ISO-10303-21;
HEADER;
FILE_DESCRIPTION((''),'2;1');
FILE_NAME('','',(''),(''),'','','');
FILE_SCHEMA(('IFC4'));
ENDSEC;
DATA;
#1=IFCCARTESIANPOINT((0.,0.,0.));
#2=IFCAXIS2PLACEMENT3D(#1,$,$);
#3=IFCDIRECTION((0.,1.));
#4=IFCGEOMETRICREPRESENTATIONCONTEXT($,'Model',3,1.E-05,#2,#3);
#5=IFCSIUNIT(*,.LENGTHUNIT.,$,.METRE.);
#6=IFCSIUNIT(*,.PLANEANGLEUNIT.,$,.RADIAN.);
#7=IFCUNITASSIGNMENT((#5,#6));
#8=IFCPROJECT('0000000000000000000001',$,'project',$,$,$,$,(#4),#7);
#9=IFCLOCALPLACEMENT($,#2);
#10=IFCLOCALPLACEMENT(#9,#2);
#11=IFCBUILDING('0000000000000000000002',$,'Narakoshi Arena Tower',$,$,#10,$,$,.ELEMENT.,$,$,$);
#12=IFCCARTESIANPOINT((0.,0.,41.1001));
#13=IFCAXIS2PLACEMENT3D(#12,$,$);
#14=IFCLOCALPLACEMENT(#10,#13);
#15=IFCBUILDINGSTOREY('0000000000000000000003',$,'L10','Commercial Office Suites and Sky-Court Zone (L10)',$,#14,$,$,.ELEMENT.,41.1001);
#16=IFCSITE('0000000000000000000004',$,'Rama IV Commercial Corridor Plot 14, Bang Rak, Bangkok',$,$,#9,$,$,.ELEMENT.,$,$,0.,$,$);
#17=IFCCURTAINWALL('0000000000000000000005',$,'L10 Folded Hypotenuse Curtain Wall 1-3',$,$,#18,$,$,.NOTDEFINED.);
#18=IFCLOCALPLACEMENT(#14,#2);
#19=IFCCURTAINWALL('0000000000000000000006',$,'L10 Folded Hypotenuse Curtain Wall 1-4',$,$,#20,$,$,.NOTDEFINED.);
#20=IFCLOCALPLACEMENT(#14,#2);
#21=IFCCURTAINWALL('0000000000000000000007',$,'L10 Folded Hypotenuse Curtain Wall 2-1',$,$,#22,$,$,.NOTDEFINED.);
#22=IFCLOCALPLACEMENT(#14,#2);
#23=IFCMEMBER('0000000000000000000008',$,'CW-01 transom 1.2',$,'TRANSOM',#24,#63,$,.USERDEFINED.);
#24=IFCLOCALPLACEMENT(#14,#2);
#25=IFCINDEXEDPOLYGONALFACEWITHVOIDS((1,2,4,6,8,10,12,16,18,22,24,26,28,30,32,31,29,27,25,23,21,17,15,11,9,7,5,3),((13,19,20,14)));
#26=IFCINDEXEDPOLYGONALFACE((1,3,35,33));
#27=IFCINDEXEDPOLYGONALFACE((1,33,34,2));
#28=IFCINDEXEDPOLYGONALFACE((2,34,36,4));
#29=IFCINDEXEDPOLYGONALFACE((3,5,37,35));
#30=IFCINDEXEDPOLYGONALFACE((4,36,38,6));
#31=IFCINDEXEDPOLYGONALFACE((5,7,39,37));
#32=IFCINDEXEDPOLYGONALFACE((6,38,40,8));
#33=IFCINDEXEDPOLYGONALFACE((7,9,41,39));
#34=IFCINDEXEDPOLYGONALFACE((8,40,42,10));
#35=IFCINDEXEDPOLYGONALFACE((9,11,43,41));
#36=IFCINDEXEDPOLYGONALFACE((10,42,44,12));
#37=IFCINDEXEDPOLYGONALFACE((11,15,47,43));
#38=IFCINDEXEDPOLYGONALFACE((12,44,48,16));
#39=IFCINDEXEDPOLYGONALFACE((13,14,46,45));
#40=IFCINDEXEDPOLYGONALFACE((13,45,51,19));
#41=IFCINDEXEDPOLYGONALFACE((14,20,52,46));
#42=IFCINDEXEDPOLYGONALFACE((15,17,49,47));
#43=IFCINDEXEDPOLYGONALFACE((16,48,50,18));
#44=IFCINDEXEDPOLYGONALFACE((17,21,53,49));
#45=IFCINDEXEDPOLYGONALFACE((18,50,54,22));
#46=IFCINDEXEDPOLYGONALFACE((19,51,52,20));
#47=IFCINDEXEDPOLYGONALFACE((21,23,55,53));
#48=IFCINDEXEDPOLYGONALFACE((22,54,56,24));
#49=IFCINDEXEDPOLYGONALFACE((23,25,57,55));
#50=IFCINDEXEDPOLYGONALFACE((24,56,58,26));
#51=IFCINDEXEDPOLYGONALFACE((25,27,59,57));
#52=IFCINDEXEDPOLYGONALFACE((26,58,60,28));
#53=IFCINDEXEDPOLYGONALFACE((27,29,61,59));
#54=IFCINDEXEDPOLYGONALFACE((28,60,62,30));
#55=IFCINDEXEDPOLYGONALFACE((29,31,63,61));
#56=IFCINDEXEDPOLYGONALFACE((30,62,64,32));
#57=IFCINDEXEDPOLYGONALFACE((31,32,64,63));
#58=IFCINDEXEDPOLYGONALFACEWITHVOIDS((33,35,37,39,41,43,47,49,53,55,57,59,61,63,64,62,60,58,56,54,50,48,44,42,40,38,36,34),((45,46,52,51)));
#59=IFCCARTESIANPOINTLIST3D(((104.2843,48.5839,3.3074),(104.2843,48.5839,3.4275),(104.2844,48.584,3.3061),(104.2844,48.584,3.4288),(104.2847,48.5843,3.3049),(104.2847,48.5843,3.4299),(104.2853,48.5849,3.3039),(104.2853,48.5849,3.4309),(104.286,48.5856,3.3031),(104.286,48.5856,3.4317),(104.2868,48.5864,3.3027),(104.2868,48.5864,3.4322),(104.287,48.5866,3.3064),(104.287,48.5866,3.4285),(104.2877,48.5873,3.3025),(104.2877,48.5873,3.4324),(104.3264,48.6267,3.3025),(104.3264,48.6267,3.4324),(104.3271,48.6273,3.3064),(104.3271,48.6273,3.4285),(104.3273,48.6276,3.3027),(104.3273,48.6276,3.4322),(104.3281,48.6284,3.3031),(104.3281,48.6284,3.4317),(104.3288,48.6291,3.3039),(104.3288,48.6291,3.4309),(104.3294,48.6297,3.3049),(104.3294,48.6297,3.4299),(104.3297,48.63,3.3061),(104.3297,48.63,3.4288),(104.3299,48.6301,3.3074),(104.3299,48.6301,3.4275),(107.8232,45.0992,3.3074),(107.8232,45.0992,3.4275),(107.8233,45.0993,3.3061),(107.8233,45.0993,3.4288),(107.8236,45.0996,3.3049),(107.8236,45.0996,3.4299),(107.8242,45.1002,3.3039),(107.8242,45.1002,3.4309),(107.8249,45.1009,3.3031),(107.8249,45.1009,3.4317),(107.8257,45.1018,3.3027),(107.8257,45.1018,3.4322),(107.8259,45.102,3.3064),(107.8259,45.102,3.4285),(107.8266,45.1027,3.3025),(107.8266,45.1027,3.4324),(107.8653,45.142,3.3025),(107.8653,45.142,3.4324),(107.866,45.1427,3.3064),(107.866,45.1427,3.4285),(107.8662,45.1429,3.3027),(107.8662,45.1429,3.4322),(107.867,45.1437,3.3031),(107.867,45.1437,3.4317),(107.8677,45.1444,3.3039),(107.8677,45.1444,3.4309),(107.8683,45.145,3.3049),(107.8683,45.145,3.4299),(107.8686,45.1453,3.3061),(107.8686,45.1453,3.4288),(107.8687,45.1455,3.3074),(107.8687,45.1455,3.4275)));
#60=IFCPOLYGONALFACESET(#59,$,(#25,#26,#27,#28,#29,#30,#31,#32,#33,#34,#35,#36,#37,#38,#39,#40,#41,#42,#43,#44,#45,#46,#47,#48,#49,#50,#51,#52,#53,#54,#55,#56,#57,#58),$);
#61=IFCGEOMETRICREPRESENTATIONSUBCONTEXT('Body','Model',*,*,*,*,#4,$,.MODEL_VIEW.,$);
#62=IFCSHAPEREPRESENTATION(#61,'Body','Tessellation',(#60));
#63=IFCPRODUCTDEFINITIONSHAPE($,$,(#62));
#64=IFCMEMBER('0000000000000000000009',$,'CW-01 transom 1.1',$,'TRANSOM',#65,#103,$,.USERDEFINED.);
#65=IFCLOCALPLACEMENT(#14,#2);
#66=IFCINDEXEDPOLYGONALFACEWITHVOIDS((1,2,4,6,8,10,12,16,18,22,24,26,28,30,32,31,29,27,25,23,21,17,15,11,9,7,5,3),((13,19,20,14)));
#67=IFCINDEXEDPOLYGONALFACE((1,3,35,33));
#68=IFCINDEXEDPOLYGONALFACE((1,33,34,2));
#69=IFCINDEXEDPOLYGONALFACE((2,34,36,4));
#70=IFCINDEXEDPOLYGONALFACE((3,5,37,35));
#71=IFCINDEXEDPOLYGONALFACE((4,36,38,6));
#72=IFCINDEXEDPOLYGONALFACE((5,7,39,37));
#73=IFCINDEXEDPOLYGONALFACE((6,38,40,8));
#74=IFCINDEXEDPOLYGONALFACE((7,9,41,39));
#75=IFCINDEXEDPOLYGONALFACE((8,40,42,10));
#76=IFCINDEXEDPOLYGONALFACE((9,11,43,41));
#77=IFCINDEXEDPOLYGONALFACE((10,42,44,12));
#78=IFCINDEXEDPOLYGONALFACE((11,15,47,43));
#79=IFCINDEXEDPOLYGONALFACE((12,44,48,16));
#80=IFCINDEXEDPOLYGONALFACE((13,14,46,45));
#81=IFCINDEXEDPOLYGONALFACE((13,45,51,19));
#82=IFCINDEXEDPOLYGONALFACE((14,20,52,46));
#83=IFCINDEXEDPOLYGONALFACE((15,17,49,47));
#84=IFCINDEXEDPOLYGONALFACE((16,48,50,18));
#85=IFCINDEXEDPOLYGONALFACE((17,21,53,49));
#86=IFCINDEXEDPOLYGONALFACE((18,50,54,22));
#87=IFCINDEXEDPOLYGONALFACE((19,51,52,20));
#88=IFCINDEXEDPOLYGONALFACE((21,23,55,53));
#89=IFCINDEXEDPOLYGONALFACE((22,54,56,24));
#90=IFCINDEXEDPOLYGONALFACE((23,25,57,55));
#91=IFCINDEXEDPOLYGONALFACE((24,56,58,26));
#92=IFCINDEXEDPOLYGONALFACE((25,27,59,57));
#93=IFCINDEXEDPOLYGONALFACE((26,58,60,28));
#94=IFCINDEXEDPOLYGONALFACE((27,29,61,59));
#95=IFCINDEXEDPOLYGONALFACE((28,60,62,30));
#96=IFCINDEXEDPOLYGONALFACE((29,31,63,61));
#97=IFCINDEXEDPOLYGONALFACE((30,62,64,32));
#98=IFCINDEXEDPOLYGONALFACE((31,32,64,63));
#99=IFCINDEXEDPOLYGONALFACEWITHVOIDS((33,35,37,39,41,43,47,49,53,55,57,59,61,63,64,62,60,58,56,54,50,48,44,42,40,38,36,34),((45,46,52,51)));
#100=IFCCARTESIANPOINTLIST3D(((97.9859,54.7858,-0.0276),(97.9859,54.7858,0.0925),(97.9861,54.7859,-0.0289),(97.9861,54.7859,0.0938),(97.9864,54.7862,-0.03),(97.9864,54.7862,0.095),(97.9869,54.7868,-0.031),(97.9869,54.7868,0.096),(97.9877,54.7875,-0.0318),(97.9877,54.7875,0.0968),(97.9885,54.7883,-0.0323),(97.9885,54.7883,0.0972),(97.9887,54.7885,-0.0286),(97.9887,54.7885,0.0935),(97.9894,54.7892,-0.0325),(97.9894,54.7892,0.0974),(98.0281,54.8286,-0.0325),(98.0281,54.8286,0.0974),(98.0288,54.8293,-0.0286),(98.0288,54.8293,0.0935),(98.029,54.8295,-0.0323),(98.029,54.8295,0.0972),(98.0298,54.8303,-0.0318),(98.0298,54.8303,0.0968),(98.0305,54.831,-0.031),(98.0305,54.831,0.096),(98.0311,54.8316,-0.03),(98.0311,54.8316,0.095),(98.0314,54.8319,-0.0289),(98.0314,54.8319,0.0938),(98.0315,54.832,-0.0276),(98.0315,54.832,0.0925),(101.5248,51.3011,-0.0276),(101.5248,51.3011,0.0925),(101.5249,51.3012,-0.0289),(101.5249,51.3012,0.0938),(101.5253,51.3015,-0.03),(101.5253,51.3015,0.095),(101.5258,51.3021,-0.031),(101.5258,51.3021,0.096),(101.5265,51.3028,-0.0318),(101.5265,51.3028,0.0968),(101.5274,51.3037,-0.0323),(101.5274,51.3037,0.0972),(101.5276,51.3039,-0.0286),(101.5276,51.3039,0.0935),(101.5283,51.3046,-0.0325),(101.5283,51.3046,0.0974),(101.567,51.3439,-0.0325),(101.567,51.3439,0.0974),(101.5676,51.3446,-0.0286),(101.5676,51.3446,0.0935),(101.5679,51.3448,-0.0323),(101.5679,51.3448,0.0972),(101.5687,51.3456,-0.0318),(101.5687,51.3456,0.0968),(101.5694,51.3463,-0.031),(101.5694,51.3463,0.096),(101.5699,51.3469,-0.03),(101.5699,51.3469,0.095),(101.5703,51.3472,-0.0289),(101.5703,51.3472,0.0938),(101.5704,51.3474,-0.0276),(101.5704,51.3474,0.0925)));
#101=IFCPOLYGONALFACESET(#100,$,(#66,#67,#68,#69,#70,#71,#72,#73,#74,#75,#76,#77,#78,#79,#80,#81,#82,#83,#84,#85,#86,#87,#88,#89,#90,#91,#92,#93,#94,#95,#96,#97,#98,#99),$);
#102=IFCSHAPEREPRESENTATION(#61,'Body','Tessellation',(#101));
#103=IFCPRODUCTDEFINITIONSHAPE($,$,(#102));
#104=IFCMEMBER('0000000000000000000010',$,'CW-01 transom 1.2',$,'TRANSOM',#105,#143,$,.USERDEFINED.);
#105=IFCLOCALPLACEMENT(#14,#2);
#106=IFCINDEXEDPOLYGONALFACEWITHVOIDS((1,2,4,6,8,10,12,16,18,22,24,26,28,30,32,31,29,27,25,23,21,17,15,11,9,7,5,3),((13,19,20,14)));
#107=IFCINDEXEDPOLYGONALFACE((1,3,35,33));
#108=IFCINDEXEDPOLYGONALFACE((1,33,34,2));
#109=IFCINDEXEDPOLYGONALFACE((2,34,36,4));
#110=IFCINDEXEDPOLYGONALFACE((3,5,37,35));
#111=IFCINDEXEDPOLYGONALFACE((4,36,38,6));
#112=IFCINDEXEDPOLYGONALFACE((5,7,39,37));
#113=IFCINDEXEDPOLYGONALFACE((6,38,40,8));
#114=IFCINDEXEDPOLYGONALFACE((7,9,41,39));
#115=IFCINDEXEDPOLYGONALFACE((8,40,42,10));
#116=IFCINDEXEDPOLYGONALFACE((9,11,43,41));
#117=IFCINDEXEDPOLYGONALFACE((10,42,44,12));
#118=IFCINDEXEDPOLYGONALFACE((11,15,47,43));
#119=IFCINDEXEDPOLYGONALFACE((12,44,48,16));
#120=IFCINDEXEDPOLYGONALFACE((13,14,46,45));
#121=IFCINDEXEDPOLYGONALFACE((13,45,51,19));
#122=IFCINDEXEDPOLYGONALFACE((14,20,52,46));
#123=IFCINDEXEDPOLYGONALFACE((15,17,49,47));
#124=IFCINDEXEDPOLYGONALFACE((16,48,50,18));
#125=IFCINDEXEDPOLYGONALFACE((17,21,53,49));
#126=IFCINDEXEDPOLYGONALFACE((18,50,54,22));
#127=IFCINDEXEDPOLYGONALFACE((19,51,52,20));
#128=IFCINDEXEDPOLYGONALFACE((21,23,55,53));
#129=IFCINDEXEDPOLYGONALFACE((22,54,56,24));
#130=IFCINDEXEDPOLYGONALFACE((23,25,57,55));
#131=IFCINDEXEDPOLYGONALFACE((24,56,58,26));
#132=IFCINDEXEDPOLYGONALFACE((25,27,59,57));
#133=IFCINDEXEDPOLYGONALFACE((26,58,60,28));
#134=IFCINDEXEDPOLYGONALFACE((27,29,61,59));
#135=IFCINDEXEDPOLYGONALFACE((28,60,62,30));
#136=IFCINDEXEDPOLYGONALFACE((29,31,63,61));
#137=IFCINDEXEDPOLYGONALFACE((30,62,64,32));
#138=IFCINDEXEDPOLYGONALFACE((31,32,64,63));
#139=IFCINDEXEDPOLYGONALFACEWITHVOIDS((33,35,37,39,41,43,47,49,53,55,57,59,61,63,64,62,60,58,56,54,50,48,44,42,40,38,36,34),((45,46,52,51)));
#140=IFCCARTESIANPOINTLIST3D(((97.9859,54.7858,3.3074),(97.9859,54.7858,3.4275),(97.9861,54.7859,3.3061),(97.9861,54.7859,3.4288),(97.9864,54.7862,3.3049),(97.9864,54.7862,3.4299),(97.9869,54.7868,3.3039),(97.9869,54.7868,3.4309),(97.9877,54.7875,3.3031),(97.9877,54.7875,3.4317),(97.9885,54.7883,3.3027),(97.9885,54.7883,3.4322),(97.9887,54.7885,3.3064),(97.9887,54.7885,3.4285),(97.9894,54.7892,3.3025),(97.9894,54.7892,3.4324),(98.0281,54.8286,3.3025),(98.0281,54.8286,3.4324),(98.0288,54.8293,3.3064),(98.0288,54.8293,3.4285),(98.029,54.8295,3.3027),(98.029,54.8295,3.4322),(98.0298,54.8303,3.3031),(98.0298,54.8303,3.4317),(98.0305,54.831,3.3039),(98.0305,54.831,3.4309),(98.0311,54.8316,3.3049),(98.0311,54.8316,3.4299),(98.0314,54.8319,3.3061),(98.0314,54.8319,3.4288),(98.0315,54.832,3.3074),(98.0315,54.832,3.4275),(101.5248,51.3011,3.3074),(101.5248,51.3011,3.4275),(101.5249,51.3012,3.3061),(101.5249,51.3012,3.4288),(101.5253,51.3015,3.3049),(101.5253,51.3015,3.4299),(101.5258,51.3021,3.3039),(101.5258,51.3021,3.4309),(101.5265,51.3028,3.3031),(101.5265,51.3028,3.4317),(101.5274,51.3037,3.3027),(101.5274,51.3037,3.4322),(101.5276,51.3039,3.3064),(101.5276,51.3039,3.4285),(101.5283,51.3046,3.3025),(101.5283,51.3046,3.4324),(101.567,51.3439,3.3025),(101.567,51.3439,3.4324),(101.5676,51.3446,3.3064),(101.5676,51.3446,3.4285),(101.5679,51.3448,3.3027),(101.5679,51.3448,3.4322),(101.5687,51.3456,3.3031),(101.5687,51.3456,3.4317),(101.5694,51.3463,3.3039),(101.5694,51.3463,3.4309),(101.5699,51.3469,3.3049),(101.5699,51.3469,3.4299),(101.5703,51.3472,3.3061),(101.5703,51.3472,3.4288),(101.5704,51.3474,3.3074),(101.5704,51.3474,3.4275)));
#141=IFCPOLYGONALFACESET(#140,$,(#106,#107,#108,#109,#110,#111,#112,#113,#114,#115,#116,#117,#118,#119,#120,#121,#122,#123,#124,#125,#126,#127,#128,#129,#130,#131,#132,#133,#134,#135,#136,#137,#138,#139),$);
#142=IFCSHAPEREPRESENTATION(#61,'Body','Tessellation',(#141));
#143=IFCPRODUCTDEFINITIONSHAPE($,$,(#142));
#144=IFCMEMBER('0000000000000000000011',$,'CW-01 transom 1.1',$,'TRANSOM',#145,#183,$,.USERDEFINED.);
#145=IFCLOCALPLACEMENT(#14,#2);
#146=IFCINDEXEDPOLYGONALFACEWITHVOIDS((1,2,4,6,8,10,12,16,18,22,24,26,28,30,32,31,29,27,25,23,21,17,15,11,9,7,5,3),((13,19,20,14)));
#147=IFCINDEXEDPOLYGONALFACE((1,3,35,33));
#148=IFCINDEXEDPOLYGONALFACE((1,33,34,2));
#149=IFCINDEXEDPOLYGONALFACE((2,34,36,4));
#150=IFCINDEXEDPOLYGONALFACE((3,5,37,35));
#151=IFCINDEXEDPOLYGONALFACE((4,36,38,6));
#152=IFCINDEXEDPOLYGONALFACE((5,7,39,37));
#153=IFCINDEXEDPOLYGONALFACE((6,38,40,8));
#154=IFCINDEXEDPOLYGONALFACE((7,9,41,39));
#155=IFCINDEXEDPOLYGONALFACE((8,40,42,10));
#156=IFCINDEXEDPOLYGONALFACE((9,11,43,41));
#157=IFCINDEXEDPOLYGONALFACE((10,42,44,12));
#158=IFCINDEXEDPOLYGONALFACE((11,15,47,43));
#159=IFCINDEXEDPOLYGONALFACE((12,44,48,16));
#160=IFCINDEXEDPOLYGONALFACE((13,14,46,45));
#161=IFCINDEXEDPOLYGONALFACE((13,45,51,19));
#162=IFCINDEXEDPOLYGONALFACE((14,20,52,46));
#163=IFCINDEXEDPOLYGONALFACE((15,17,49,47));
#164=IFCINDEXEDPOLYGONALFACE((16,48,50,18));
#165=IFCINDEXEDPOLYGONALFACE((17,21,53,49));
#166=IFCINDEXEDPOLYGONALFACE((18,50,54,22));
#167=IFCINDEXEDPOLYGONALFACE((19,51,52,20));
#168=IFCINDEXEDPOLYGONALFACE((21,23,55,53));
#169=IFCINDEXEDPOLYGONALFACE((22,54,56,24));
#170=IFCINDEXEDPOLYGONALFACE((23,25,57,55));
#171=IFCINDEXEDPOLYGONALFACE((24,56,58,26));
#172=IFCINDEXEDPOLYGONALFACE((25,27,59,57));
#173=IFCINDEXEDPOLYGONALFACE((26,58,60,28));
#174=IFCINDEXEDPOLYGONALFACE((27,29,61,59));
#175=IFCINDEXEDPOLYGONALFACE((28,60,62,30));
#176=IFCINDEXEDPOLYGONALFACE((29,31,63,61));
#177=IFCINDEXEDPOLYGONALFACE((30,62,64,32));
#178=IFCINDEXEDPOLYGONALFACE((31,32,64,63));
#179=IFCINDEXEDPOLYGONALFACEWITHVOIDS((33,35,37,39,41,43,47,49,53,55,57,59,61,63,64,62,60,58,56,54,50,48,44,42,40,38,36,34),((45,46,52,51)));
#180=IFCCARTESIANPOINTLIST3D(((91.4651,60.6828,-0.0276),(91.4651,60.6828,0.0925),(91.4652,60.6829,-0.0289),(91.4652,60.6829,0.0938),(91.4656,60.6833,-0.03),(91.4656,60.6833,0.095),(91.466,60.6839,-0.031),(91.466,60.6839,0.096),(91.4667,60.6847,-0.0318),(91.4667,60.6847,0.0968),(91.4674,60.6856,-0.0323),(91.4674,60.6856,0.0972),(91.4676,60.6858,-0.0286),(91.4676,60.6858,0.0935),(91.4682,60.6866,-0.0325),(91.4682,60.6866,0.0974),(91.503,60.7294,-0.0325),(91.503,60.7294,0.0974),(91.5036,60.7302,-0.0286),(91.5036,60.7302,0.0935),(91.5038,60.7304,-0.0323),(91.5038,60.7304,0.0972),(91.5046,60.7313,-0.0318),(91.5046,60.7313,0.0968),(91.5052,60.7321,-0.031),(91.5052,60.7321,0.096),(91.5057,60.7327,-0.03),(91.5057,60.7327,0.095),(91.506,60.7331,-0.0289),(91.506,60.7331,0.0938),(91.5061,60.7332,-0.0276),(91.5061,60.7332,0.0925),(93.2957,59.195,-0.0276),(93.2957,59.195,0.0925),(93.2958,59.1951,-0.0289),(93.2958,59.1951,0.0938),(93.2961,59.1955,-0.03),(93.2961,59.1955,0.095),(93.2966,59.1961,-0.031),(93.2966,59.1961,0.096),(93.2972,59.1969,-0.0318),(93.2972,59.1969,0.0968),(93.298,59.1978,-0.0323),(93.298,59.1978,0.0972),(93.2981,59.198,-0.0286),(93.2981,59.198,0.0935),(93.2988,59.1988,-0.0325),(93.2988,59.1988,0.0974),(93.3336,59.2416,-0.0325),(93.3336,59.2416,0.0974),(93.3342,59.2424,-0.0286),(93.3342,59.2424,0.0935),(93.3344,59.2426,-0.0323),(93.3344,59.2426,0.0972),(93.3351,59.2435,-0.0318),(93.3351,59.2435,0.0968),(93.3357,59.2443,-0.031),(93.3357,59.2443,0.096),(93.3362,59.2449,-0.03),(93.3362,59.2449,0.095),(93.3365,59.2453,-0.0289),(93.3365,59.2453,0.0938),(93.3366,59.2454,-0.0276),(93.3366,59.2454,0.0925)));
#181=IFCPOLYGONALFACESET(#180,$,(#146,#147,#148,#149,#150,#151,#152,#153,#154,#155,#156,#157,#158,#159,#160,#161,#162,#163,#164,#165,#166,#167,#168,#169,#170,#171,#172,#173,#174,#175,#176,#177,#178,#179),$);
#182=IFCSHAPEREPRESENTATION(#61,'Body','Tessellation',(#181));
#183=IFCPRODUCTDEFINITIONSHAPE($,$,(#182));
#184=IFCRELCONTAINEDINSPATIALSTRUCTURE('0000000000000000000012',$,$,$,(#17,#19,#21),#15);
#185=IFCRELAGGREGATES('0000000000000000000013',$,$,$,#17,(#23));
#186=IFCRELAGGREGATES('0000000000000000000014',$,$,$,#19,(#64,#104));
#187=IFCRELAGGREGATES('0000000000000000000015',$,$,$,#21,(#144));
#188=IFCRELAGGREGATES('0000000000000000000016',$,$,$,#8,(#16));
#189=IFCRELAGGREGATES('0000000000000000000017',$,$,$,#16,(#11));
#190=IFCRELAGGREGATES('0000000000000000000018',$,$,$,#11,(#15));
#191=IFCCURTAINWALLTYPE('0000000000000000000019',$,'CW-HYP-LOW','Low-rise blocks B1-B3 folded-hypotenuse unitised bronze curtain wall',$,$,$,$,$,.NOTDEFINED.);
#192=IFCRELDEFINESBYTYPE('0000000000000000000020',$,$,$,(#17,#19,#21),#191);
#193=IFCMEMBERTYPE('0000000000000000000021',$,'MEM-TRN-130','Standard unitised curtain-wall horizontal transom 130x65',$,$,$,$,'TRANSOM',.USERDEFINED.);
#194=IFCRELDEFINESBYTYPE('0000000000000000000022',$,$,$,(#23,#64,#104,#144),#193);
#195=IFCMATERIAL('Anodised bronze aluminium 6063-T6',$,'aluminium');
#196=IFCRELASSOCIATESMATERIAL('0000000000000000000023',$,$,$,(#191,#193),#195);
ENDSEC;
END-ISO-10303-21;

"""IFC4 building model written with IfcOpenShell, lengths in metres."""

from ifc_helpers import new_model, si_unit, direction, frame, origin, origin_2d, place, context, subcontext, project, spatial, hollow_rectangle, extrude, material, material_profile, profile_set, type_object, element, aggregate, save


model = new_model("IFC4")

# Units and contexts
model_context = context("Model", 3, precision=1e-05, world=origin(), true_north=direction((0.0, 1.0)))
body_context = subcontext(model_context, "Body", "Model", "MODEL_VIEW")
ifc_project = project(units=[si_unit("LENGTHUNIT", "METRE"), si_unit("PLANEANGLEUNIT", "RADIAN")], contexts=[model_context])

# Site, building, storey
site_placement = place(None, origin())
site = spatial("IfcSite", under=ifc_project, at=site_placement, Name="Rama IV Commercial Corridor Plot 14, Bang Rak, Bangkok", CompositionType="ELEMENT", RefElevation=0.0)
building_placement = place(site_placement, origin())
building = spatial("IfcBuilding", under=site, at=building_placement, Name="Narakoshi Arena Tower", CompositionType="ELEMENT")
storey_placement = place(building_placement, frame((0.0, 0.0, 41.1001)))
storey = spatial("IfcBuildingStorey", under=building, at=storey_placement, Name="L10", Description="Commercial Office Suites and Sky-Court Zone (L10)", CompositionType="ELEMENT", Elevation=41.1001)

# Curtain walls
ifc_material_1 = material(Name="Anodised bronze aluminium 6063-T6", Category="aluminium")
curtain_wall_type = type_object("IfcCurtainWallType", Name="CW-HYP-LOW", Description="Low-rise blocks B1-B3 folded-hypotenuse unitised bronze curtain wall", PredefinedType="NOTDEFINED", material=ifc_material_1)
curtain_wall_1_placement = place(storey_placement, origin())
curtain_wall_1 = element("IfcCurtainWall", 1, at=curtain_wall_1_placement, inside=storey, type_object=curtain_wall_type, Name="L10 Folded Hypotenuse Curtain Wall 1-3", PredefinedType="NOTDEFINED")
curtain_wall_2_placement = place(storey_placement, origin())
curtain_wall_2 = element("IfcCurtainWall", 2, at=curtain_wall_2_placement, inside=storey, type_object=curtain_wall_type, Name="L10 Folded Hypotenuse Curtain Wall 1-4", PredefinedType="NOTDEFINED")
curtain_wall_3_placement = place(storey_placement, origin())
curtain_wall_3 = element("IfcCurtainWall", 3, at=curtain_wall_3_placement, inside=storey, type_object=curtain_wall_type, Name="L10 Folded Hypotenuse Curtain Wall 2-1", PredefinedType="NOTDEFINED")

# Members
ifc_material_profile_1 = material_profile(ifc_material_1, hollow_rectangle(XDim=0.0649, YDim=0.1299, WallThickness=0.0039, OuterFilletRadius=0.0049, at=origin_2d()), Name="TRN130x65x4")
ifc_profile_set_1 = profile_set([ifc_material_profile_1], Name="Anodised bronze aluminium 6063-T6")
member_type_1 = type_object("IfcMemberType", Name="MEM-TRN-130", Description="Standard unitised curtain-wall horizontal transom 130x65", ElementType="TRANSOM", PredefinedType="USERDEFINED", material=ifc_profile_set_1)
member_1_placement = place(storey_placement, frame((107.8459, 45.1223, 3.3674), z_axis=(-0.712542, 0.701629, 0.0), x_axis=(-0.701629, -0.712542, 0.0)))
member_1 = element("IfcMember", 4, at=member_1_placement, type_object=member_type_1, Name="CW-01 transom 1.2", ObjectType="TRANSOM", PredefinedType="USERDEFINED", context=body_context, shape_type="SweptSolid", body=[
    extrude(hollow_rectangle(XDim=0.0649, YDim=0.1299, WallThickness=0.0039, OuterFilletRadius=0.0049, at=origin_2d()), origin(), (0.0, 0.0, 1.0), 4.9666),
])
member_2_placement = place(storey_placement, frame((101.5476, 51.3242, 0.0325), z_axis=(-0.712542, 0.701629, 0.0), x_axis=(-0.701629, -0.712542, 0.0)))
member_2 = element("IfcMember", 5, at=member_2_placement, type_object=member_type_1, Name="CW-01 transom 1.1", ObjectType="TRANSOM", PredefinedType="USERDEFINED", context=body_context, shape_type="SweptSolid", body=[
    extrude(hollow_rectangle(XDim=0.0649, YDim=0.1299, WallThickness=0.0039, OuterFilletRadius=0.0049, at=origin_2d()), origin(), (0.0, 0.0, 1.0), 4.9666),
])
member_3_placement = place(storey_placement, frame((101.5476, 51.3242, 3.3674), z_axis=(-0.712542, 0.701629, 0.0), x_axis=(-0.701629, -0.712542, 0.0)))
member_3 = element("IfcMember", 6, at=member_3_placement, type_object=member_type_1, Name="CW-01 transom 1.2", ObjectType="TRANSOM", PredefinedType="USERDEFINED", context=body_context, shape_type="SweptSolid", body=[
    extrude(hollow_rectangle(XDim=0.0649, YDim=0.1299, WallThickness=0.0039, OuterFilletRadius=0.0049, at=origin_2d()), origin(), (0.0, 0.0, 1.0), 4.9666),
])
member_4_placement = place(storey_placement, frame((93.3162, 59.2202, 0.0325), z_axis=(-0.776019, 0.63071, 0.0), x_axis=(-0.63071, -0.776019, 0.0)))
member_4 = element("IfcMember", 7, at=member_4_placement, type_object=member_type_1, Name="CW-01 transom 1.1", ObjectType="TRANSOM", PredefinedType="USERDEFINED", context=body_context, shape_type="SweptSolid", body=[
    extrude(hollow_rectangle(XDim=0.0649, YDim=0.1299, WallThickness=0.0039, OuterFilletRadius=0.0049, at=origin_2d()), origin(), (0.0, 0.0, 1.0), 2.3589),
])

aggregate(curtain_wall_1, [member_1])
aggregate(curtain_wall_2, [member_2, member_3])
aggregate(curtain_wall_3, [member_4])

save(model, "model.ifc")
